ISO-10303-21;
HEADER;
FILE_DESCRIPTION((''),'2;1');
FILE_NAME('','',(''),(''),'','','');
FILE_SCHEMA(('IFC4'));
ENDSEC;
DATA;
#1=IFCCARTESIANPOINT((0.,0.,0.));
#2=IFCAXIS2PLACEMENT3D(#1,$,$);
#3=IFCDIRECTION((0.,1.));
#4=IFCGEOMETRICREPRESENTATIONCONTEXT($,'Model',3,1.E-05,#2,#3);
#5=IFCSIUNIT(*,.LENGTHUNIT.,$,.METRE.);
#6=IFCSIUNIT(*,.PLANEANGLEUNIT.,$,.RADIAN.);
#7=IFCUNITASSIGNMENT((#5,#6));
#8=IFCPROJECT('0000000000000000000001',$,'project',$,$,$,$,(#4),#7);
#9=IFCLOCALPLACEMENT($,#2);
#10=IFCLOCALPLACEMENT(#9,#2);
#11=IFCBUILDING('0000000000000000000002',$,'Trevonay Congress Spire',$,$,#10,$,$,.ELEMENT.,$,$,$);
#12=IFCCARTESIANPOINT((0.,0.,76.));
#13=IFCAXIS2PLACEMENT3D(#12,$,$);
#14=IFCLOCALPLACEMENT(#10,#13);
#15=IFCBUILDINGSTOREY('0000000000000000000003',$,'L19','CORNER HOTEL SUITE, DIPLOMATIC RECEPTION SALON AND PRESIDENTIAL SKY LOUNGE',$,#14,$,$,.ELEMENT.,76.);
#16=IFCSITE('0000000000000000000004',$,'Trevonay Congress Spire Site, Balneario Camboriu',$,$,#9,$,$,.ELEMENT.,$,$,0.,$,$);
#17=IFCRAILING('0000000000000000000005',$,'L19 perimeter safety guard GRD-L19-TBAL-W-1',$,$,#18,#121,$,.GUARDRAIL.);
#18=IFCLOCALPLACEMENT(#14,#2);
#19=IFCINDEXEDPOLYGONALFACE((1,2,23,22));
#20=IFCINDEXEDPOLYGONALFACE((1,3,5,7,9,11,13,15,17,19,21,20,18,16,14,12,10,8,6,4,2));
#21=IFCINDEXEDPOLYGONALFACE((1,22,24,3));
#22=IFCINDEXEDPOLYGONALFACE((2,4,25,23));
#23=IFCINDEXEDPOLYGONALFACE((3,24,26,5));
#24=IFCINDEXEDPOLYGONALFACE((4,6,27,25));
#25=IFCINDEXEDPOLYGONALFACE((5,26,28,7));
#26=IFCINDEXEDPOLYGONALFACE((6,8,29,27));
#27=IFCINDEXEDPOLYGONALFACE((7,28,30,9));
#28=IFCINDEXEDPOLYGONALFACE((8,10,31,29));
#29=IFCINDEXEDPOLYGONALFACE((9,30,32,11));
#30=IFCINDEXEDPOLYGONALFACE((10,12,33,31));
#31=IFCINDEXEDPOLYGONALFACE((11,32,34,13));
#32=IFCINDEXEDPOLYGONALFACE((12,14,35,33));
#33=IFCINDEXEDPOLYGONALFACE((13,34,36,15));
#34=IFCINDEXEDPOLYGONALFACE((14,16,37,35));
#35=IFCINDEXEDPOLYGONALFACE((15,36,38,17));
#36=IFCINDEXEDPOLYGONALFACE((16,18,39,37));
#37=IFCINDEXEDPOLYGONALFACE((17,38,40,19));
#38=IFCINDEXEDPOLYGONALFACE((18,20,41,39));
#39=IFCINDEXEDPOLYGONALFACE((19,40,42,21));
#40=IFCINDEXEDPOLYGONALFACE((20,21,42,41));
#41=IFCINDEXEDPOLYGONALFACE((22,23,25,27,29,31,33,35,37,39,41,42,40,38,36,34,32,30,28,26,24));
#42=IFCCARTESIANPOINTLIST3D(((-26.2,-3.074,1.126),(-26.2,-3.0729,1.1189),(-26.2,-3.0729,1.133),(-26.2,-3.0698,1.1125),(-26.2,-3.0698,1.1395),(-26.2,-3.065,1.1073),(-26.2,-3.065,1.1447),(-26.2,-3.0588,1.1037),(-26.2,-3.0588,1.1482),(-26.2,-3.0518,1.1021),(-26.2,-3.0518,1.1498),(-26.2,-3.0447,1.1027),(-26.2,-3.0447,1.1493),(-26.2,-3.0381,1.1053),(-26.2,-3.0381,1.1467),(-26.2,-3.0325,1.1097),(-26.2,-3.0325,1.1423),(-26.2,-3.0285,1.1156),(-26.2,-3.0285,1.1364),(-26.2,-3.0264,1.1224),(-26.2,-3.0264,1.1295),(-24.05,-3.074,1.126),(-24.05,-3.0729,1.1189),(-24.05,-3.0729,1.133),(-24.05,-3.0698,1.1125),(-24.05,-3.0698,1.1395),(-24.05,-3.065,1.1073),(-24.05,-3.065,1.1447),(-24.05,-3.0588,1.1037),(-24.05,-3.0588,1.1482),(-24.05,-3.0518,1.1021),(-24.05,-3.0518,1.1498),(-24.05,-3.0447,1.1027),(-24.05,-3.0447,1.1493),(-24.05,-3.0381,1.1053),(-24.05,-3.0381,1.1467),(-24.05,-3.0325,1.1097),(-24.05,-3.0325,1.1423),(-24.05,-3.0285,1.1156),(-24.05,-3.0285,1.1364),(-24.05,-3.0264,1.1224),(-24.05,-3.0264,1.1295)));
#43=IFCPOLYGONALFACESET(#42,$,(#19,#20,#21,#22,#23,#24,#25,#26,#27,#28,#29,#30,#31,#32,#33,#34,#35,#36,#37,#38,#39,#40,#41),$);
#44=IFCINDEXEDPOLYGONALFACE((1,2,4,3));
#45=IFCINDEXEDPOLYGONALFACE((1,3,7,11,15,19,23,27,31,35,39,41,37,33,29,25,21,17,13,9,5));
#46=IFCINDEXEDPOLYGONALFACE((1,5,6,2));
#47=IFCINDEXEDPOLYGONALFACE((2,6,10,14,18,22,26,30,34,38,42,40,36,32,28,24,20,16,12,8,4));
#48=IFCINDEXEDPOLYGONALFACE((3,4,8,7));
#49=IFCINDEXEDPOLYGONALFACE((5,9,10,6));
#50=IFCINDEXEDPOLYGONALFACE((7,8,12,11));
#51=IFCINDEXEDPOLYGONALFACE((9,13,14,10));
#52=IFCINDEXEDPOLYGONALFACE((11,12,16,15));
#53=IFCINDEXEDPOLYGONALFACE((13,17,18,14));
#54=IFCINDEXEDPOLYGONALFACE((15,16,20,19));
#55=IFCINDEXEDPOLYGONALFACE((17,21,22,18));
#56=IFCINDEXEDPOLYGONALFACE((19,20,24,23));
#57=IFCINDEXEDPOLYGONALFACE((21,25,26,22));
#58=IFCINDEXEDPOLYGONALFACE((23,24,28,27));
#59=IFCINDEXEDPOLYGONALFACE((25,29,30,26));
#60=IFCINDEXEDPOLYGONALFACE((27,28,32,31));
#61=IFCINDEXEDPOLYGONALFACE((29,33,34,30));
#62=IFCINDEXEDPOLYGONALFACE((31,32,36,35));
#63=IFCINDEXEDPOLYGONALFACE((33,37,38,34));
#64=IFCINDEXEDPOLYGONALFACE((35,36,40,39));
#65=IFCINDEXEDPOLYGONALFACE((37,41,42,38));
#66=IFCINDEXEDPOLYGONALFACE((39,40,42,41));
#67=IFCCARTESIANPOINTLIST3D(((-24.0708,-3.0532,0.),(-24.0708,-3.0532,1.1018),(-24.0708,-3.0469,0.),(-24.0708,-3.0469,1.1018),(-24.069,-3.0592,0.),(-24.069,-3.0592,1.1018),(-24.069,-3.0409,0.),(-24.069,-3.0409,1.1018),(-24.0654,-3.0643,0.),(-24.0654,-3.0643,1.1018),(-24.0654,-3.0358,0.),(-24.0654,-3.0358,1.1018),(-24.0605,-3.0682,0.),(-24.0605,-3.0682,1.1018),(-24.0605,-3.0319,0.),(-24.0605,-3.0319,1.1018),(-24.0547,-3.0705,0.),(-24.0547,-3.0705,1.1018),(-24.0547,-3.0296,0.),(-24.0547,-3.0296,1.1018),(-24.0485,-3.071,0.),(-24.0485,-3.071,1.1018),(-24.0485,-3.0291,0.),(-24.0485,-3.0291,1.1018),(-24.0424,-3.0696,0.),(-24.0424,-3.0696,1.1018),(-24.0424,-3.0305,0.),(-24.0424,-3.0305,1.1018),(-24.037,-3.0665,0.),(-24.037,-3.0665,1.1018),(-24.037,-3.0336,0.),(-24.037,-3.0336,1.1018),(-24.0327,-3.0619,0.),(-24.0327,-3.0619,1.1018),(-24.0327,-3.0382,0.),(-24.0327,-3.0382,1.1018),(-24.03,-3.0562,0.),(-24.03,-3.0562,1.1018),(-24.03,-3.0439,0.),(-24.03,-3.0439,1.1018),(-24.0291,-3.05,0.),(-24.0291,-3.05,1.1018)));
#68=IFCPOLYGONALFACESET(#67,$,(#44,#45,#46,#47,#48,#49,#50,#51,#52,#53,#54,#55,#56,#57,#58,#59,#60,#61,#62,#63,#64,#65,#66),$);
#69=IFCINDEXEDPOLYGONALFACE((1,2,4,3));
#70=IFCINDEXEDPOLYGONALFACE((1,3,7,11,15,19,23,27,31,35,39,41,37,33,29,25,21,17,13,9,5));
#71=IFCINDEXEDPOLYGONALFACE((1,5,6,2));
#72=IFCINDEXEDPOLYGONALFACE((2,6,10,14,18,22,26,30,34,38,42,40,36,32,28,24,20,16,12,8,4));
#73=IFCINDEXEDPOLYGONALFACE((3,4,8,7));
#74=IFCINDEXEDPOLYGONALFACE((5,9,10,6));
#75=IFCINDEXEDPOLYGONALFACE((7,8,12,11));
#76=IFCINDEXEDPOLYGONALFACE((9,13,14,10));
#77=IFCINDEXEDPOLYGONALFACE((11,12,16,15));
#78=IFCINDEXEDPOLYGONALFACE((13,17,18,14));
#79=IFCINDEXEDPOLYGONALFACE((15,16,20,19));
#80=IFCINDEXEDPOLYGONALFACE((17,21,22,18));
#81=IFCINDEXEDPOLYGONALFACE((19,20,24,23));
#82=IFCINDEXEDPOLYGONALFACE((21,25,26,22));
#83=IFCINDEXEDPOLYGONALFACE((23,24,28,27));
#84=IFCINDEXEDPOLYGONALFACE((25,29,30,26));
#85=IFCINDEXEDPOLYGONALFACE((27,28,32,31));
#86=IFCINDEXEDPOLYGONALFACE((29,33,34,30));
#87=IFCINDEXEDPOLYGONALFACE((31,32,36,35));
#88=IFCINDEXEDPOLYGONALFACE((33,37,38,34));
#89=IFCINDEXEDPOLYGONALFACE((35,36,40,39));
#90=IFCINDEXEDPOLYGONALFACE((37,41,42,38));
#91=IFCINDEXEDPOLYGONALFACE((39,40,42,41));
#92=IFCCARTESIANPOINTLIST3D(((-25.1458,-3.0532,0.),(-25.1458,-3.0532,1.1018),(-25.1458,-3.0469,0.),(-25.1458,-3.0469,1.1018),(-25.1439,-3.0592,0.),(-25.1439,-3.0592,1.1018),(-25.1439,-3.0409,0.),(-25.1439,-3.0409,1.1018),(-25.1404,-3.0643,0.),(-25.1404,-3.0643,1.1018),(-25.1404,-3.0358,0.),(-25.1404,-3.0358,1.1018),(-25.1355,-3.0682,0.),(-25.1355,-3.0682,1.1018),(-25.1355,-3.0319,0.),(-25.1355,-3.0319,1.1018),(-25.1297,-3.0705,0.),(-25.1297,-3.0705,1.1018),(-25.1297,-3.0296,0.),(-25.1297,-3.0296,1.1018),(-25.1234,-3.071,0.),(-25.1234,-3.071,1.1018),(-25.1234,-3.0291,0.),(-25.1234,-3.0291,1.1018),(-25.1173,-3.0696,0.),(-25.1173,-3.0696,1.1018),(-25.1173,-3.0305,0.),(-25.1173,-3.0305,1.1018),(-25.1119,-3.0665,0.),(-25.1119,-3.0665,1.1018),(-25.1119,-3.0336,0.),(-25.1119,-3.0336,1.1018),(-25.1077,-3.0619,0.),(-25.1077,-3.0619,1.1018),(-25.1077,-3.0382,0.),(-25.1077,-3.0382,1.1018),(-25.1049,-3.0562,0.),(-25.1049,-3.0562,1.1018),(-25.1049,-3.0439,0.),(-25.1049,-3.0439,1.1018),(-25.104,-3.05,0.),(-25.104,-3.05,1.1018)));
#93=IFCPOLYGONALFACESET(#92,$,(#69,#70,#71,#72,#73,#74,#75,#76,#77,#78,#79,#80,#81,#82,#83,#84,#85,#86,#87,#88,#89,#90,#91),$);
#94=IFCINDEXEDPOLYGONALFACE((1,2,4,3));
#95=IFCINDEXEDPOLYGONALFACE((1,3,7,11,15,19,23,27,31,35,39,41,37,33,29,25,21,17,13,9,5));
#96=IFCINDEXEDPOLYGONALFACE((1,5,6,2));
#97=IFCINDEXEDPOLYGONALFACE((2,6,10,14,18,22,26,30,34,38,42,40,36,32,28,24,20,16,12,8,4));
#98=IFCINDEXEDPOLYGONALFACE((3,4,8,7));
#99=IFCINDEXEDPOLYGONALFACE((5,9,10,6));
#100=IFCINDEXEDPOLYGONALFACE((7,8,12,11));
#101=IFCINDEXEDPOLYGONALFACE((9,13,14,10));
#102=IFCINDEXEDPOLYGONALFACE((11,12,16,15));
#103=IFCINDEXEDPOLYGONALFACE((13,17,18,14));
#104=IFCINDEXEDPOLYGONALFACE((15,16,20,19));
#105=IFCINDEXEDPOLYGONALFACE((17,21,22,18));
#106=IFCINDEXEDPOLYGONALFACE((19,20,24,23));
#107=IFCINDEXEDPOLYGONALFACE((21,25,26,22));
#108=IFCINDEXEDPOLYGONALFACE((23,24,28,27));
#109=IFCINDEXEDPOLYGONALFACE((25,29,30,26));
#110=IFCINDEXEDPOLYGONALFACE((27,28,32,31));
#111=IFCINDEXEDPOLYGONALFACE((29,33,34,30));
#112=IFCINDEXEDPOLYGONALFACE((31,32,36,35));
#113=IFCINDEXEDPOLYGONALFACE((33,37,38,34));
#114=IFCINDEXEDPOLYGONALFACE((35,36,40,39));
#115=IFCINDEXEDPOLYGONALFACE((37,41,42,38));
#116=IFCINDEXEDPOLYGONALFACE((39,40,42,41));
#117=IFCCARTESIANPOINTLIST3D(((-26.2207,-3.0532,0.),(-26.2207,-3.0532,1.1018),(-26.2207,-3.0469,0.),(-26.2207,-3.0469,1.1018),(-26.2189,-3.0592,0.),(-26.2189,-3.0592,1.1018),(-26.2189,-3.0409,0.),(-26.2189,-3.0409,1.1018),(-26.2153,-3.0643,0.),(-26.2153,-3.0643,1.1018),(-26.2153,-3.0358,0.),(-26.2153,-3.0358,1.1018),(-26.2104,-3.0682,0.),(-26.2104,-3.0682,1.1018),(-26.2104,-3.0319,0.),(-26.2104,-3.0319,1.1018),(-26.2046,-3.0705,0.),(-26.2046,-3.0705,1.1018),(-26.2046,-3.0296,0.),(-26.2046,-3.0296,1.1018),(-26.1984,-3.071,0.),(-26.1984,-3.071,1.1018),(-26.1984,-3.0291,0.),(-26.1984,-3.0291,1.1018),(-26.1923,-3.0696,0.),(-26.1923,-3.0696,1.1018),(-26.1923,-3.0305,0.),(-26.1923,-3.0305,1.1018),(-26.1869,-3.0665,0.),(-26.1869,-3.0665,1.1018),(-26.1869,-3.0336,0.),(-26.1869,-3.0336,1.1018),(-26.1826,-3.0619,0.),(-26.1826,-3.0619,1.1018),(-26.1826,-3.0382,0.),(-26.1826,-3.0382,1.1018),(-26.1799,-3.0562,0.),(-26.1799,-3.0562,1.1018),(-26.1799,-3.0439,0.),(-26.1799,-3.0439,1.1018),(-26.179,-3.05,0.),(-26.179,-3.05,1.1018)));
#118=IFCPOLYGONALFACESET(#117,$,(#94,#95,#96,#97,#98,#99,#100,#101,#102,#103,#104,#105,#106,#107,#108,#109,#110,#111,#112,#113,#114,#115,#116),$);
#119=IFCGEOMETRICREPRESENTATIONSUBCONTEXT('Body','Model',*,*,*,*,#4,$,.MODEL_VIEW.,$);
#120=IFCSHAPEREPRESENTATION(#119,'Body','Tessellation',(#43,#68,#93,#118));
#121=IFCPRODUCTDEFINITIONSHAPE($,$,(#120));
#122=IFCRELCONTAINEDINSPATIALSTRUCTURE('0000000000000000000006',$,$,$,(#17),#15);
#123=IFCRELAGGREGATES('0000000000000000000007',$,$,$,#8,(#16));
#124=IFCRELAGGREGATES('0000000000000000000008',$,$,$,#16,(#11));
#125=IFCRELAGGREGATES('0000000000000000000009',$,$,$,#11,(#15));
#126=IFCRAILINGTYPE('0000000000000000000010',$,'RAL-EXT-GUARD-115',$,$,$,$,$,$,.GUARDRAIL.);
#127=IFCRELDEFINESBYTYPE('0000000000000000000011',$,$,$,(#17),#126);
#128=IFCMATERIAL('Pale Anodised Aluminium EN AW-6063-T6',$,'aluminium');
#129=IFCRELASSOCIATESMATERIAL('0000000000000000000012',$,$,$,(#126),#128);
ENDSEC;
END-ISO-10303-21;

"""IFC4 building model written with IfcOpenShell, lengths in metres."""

from ifc_helpers import new_model, si_unit, direction, frame, origin, origin_2d, place, context, subcontext, project, spatial, circle, extrude, material, type_object, element, save


model = new_model("IFC4")

# Units and contexts
model_context = context("Model", 3, precision=1e-05, world=origin(), true_north=direction((0.0, 1.0)))
body_context = subcontext(model_context, "Body", "Model", "MODEL_VIEW")
ifc_project = project(units=[si_unit("LENGTHUNIT", "METRE"), si_unit("PLANEANGLEUNIT", "RADIAN")], contexts=[model_context])

# Site, building, storey
site_placement = place(None, origin())
site = spatial("IfcSite", under=ifc_project, at=site_placement, Name="Trevonay Congress Spire Site, Balneario Camboriu", CompositionType="ELEMENT", RefElevation=0.0)
building_placement = place(site_placement, origin())
building = spatial("IfcBuilding", under=site, at=building_placement, Name="Trevonay Congress Spire", CompositionType="ELEMENT")
storey_placement = place(building_placement, frame((0.0, 0.0, 76.0)))
storey = spatial("IfcBuildingStorey", under=building, at=storey_placement, Name="L19", Description="CORNER HOTEL SUITE, DIPLOMATIC RECEPTION SALON AND PRESIDENTIAL SKY LOUNGE", CompositionType="ELEMENT", Elevation=76.0)

# Shared definitions
ifc_material_1 = material(Name="Pale Anodised Aluminium EN AW-6063-T6", Category="aluminium")

# Railing
railing_type = type_object("IfcRailingType", Name="RAL-EXT-GUARD-115", PredefinedType="GUARDRAIL", material=ifc_material_1)
railing_1_placement = place(storey_placement, frame((-24.05, -3.05, 0.0)))
element("IfcRailing", 1, at=railing_1_placement, inside=storey, type_object=railing_type, Name="L19 perimeter safety guard GRD-L19-TBAL-W-1", PredefinedType="GUARDRAIL", context=body_context, shape_type="SweptSolid", body=[
    extrude(circle(Radius=0.0239, at=origin_2d()), frame((0.0, 0.0, 1.126), z_axis=(-1.0, 0.0, 0.0), x_axis=(0.0, -1.0, 0.0)), (0.0, 0.0, 1.0), 2.1499),
    extrude(circle(Radius=0.021, at=origin_2d()), origin(), (0.0, 0.0, 1.0), 1.1018),
    extrude(circle(Radius=0.021, at=origin_2d()), frame((-1.075, 0.0, 0.0)), (0.0, 0.0, 1.0), 1.1018),
    extrude(circle(Radius=0.021, at=origin_2d()), frame((-2.1499, 0.0, 0.0)), (0.0, 0.0, 1.0), 1.1018),
])

save(model, "model.ifc")
